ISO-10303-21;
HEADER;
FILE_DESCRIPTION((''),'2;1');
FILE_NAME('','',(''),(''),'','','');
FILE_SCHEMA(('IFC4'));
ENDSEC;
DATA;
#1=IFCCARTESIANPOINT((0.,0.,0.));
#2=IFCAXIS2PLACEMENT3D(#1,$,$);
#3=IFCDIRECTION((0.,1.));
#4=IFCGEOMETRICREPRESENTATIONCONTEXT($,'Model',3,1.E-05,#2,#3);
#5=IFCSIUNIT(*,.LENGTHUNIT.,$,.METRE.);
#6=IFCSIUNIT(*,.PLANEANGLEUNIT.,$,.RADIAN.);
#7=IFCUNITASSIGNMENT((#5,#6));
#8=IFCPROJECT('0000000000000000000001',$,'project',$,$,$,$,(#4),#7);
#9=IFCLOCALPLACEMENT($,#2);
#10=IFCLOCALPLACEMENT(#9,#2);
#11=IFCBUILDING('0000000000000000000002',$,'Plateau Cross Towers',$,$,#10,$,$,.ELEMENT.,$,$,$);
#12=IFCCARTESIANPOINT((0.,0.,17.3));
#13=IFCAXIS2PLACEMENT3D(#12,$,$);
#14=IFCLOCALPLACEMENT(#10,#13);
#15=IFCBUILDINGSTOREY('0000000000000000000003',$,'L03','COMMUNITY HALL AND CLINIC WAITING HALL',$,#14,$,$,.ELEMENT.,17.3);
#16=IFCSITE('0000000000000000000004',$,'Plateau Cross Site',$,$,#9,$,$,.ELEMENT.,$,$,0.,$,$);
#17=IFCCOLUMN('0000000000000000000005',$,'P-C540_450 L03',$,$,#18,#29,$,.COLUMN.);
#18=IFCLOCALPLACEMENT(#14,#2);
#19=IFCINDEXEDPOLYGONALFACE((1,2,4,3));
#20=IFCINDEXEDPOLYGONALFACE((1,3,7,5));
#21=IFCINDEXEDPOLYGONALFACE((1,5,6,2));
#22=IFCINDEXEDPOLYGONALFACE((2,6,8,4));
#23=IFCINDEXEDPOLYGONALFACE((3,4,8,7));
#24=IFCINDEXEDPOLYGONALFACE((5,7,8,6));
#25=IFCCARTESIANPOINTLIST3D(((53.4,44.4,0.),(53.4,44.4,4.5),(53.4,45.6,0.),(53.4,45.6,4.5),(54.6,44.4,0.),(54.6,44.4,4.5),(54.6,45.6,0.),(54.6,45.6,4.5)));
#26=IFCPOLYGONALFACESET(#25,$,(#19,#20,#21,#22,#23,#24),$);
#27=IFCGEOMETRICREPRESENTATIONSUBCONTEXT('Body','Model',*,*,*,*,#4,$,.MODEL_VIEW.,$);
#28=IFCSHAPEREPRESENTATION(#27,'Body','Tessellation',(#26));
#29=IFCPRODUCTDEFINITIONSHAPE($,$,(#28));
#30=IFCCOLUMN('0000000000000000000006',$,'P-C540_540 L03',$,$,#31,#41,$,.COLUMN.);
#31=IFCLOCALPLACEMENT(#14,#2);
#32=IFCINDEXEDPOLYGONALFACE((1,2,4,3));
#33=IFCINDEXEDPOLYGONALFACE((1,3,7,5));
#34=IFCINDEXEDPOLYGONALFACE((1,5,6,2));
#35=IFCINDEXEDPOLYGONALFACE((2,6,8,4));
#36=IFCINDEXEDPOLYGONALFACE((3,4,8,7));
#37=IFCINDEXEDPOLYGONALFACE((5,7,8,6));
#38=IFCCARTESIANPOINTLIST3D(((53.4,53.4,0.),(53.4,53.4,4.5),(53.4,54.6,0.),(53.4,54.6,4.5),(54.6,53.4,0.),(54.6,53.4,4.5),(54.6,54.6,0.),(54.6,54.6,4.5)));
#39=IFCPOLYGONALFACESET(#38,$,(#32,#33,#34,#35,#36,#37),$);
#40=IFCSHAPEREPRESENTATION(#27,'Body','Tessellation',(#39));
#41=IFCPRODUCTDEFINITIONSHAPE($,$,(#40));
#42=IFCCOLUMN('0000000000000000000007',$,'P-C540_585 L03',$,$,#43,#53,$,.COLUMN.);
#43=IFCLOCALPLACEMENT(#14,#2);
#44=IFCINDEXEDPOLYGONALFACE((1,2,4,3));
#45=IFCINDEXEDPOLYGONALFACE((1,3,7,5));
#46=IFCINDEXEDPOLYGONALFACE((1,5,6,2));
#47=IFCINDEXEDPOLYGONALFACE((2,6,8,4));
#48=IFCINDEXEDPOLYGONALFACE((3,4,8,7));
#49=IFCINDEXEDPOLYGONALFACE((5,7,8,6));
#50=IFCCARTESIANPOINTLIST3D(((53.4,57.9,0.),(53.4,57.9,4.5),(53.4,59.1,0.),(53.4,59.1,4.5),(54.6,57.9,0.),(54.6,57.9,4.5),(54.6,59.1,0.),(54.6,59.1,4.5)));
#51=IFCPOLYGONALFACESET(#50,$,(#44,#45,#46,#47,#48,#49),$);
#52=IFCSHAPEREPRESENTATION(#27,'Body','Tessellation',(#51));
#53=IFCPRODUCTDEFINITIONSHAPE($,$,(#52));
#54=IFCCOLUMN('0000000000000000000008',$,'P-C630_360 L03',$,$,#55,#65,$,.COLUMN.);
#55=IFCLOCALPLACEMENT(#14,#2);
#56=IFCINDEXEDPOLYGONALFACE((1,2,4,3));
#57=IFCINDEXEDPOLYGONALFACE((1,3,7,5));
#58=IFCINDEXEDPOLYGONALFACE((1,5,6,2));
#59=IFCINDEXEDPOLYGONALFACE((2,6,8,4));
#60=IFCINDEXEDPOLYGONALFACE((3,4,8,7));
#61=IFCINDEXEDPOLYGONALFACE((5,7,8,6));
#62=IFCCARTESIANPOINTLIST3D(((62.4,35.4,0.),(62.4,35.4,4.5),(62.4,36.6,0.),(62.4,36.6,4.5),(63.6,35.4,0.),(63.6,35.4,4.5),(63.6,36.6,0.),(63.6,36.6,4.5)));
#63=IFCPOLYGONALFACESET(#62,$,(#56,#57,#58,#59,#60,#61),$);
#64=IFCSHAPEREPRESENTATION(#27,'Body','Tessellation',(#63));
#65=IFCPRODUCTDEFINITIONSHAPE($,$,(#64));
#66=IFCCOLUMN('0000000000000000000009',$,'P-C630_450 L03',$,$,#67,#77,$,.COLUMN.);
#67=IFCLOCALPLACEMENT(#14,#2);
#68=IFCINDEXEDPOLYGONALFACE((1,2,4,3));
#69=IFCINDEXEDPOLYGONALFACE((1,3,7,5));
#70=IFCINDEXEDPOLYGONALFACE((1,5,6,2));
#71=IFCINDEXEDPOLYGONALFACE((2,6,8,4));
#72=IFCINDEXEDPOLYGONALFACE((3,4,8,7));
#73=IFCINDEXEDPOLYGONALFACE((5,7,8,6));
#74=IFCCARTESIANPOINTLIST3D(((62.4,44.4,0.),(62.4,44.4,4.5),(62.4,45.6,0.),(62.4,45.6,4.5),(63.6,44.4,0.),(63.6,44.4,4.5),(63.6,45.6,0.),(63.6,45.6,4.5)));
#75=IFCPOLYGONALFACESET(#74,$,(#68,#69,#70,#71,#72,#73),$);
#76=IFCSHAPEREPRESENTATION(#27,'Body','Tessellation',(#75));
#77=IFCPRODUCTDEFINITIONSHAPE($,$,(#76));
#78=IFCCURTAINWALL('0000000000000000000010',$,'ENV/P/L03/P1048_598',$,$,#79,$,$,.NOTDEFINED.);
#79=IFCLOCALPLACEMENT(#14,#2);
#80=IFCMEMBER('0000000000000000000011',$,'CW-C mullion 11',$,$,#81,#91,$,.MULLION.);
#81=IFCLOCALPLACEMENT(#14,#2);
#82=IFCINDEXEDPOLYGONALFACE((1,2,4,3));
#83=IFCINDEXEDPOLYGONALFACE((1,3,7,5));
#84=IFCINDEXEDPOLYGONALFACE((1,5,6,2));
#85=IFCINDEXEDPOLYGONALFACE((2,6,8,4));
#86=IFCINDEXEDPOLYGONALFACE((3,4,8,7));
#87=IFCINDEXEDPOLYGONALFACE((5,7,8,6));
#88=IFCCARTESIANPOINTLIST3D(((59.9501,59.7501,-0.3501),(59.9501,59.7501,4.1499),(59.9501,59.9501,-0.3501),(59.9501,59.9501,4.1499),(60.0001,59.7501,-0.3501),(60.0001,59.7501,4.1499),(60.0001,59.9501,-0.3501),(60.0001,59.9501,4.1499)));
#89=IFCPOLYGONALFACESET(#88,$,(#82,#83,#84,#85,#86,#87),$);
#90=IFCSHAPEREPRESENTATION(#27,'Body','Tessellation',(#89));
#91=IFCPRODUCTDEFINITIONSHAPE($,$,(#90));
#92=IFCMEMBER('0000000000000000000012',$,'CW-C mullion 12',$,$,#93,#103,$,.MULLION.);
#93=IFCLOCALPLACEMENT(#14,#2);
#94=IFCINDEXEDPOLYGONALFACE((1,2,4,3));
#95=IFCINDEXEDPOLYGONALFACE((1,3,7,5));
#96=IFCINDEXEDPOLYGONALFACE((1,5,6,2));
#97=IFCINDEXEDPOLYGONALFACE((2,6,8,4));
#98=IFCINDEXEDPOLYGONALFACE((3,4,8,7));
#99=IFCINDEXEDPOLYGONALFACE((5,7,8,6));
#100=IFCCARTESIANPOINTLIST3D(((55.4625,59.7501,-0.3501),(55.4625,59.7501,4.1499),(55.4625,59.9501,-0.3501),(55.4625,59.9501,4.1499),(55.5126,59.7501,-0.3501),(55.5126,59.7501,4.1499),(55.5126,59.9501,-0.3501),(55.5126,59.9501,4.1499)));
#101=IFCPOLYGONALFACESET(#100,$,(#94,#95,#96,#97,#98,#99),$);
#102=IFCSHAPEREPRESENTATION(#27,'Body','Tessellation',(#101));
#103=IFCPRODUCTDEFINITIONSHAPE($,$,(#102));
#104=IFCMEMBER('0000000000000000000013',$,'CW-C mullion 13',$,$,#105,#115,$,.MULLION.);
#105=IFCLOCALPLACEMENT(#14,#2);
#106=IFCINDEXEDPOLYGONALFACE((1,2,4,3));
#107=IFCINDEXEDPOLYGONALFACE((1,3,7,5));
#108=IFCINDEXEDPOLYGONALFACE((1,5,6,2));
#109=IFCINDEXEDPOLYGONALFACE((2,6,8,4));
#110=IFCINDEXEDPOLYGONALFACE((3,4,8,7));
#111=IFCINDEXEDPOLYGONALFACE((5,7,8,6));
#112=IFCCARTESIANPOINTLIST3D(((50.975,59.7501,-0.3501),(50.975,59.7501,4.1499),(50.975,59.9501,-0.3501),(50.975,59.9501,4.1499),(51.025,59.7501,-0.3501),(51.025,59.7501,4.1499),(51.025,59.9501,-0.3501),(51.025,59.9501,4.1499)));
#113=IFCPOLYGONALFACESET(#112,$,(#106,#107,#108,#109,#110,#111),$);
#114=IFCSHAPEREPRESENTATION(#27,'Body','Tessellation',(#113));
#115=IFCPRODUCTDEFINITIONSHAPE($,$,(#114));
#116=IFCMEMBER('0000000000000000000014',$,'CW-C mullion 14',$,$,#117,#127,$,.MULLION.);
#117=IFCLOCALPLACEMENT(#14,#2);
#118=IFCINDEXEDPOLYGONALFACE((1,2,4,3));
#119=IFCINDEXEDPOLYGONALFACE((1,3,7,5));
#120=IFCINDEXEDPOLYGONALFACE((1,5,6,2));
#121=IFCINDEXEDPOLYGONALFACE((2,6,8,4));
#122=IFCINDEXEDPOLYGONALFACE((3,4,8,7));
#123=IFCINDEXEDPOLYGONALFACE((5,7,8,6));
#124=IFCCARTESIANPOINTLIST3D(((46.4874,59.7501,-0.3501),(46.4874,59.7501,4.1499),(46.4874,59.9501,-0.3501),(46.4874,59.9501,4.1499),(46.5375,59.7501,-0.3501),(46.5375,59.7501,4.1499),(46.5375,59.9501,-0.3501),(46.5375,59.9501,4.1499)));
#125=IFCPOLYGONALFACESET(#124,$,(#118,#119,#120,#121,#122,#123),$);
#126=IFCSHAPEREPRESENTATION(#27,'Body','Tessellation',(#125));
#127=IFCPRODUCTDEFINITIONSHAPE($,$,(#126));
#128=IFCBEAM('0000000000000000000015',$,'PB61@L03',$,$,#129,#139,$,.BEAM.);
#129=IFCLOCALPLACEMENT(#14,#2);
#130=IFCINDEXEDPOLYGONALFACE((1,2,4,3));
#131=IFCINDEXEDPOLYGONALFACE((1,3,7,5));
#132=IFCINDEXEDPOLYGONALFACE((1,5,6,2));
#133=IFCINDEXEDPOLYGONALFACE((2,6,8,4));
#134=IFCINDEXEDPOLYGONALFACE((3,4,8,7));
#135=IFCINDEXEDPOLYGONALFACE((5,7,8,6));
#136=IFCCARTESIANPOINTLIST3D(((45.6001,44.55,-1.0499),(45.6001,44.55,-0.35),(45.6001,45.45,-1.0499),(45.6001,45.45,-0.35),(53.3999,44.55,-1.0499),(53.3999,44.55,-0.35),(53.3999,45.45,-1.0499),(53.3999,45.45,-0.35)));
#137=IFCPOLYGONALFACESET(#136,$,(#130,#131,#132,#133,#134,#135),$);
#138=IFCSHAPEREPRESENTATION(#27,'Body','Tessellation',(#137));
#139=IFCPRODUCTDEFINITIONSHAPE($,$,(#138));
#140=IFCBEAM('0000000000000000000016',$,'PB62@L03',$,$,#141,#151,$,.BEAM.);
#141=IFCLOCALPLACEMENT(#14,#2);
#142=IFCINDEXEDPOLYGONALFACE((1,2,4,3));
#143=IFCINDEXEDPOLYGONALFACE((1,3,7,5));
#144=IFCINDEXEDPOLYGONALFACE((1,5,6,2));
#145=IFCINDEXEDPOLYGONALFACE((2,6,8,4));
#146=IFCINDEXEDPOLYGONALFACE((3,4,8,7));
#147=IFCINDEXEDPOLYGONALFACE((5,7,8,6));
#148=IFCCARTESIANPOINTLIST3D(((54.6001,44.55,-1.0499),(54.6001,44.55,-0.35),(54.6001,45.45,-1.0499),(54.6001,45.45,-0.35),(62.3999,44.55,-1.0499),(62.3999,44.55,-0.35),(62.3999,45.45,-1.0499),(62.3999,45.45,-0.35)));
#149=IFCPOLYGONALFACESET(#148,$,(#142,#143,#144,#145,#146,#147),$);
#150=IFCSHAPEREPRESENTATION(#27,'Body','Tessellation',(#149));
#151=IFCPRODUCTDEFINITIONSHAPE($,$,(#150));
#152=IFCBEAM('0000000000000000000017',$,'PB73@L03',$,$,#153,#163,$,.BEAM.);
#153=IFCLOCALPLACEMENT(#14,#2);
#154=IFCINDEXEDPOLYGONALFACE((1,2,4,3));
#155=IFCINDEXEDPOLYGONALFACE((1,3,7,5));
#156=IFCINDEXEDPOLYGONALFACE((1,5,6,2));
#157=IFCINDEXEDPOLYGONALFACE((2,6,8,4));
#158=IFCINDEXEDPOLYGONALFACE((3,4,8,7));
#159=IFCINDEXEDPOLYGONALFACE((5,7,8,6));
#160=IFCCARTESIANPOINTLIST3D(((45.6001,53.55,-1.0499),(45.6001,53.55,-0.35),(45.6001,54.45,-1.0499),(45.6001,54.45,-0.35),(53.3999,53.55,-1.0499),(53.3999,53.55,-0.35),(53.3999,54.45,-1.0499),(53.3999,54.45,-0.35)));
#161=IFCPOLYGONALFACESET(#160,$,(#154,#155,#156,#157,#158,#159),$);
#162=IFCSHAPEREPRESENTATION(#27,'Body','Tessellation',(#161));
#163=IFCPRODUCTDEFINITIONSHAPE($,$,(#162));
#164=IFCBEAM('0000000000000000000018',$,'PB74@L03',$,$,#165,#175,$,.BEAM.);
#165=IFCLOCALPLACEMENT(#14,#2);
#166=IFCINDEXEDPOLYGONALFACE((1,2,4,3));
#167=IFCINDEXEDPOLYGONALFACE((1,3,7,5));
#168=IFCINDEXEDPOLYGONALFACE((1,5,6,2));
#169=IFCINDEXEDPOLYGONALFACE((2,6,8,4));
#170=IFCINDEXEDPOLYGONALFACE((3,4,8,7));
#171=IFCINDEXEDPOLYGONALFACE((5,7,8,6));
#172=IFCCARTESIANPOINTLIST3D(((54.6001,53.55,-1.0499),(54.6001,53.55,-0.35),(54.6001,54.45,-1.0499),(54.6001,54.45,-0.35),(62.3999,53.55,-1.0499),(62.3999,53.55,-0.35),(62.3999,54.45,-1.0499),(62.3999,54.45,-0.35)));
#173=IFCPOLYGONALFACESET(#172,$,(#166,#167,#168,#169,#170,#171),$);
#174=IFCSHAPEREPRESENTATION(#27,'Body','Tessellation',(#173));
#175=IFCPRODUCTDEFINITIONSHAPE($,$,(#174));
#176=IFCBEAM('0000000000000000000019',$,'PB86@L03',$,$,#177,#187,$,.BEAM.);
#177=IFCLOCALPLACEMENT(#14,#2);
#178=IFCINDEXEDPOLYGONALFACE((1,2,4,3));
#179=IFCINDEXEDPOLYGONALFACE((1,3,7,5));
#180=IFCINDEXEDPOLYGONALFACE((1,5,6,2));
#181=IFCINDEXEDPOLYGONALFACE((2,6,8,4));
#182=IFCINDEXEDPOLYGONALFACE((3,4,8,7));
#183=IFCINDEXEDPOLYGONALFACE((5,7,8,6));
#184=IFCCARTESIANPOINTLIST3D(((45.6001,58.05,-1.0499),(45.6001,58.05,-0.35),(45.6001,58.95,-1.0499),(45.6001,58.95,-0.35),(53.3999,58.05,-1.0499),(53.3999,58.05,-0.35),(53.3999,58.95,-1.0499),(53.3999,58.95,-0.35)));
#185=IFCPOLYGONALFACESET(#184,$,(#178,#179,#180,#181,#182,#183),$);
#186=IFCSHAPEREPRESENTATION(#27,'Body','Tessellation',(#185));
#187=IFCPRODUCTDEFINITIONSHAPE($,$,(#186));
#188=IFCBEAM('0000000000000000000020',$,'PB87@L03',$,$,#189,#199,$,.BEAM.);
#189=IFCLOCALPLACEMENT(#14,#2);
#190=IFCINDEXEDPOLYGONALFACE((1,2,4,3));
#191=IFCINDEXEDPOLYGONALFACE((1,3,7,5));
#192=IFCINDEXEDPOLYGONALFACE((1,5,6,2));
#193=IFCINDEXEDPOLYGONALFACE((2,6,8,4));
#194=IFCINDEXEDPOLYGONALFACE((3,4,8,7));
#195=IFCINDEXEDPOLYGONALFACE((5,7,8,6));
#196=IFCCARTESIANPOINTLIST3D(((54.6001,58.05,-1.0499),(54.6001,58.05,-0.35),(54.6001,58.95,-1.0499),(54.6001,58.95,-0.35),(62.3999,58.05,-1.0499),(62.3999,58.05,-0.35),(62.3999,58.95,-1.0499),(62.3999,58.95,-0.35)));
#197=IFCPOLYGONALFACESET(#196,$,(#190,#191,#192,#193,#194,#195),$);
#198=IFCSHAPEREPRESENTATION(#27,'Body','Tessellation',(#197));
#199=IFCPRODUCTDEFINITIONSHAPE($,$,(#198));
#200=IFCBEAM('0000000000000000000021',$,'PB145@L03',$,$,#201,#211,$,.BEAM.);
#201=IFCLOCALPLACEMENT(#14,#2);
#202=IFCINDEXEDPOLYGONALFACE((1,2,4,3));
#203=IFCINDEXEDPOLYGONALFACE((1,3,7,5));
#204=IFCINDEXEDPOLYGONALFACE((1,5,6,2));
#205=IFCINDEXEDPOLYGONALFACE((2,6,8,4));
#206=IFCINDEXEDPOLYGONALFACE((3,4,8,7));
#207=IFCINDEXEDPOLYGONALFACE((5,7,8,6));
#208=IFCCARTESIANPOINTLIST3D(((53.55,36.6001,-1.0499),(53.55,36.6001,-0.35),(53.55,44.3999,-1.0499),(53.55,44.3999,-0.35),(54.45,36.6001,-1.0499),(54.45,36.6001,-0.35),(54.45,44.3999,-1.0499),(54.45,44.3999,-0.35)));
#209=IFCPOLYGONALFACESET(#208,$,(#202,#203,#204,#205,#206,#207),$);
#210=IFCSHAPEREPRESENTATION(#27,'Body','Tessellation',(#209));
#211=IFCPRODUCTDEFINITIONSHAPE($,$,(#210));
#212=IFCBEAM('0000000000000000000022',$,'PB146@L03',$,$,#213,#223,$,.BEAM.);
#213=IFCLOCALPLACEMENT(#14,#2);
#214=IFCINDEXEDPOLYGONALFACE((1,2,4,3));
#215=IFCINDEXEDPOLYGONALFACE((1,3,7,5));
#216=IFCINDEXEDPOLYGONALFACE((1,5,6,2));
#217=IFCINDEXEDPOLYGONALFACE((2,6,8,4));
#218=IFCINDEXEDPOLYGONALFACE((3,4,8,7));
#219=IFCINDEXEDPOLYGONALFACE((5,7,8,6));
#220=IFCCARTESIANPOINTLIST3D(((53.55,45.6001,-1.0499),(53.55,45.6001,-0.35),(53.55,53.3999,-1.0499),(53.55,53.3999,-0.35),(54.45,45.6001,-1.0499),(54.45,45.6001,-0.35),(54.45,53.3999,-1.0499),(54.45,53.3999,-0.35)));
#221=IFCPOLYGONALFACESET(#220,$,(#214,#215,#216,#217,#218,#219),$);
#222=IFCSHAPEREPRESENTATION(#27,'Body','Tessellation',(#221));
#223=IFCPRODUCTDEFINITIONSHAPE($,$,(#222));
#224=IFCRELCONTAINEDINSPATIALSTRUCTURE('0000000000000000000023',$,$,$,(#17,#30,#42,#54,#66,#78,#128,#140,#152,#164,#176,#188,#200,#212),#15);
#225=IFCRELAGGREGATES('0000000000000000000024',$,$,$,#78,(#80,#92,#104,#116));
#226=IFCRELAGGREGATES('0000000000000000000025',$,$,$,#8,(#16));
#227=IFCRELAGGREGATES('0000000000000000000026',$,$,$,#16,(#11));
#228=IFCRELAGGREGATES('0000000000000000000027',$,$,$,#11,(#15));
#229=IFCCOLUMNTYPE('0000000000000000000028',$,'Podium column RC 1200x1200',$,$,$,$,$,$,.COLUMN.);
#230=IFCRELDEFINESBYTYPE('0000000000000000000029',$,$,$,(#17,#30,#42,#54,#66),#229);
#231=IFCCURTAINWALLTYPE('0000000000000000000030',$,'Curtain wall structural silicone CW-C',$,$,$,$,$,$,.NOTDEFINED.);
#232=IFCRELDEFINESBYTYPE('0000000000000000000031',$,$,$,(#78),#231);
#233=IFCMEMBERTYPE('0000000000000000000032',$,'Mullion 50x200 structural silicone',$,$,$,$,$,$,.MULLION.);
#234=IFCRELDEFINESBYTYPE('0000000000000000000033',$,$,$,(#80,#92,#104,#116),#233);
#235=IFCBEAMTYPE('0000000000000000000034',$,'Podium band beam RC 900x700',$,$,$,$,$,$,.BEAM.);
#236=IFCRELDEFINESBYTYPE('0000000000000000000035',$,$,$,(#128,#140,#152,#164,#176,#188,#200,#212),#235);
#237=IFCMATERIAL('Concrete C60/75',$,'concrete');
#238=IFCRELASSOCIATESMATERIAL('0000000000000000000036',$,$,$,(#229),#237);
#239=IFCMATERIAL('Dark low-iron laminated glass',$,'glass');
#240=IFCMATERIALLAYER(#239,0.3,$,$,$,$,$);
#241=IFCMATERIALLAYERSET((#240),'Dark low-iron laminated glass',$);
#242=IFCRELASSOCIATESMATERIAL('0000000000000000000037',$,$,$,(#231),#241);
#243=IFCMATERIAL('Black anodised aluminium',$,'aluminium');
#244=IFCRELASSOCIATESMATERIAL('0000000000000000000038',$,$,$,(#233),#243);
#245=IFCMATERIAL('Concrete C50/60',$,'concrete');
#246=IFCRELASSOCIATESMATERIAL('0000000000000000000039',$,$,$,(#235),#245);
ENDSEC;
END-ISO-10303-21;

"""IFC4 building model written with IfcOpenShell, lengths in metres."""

from ifc_helpers import new_model, si_unit, direction, frame, origin, origin_2d, place, context, subcontext, project, spatial, rectangle, extrude, material, layer, layer_set, material_profile, profile_set, type_object, element, aggregate, save


model = new_model("IFC4")

# Units and contexts
model_context = context("Model", 3, precision=1e-05, world=origin(), true_north=direction((0.0, 1.0)))
body_context = subcontext(model_context, "Body", "Model", "MODEL_VIEW")
ifc_project = project(units=[si_unit("LENGTHUNIT", "METRE"), si_unit("PLANEANGLEUNIT", "RADIAN")], contexts=[model_context])

# Site, building, storey
site_placement = place(None, origin())
site = spatial("IfcSite", under=ifc_project, at=site_placement, Name="Plateau Cross Site", CompositionType="ELEMENT", RefElevation=0.0)
building_placement = place(site_placement, origin())
building = spatial("IfcBuilding", under=site, at=building_placement, Name="Plateau Cross Towers", CompositionType="ELEMENT")
storey_placement = place(building_placement, frame((0.0, 0.0, 17.3)))
storey = spatial("IfcBuildingStorey", under=building, at=storey_placement, Name="L03", Description="COMMUNITY HALL AND CLINIC WAITING HALL", CompositionType="ELEMENT", Elevation=17.3)

# Columns
ifc_material_1 = material(Name="Concrete C60/75", Category="concrete")
ifc_material_profile_1 = material_profile(ifc_material_1, rectangle(XDim=1.2, YDim=1.2, at=origin_2d()), Name="RC 1200x1200")
ifc_profile_set_1 = profile_set([ifc_material_profile_1], Name="Concrete C60/75")
column_type = type_object("IfcColumnType", Name="Podium column RC 1200x1200", PredefinedType="COLUMN", material=ifc_profile_set_1)
for number, where, z_axis, x_axis, name in (
    (1, (54.0, 45.0, 0.0), (0.0, 0.0, 1.0), (1.0, 0.0, 0.0), "P-C540_450 L03"),
    (2, (54.0, 54.0, 0.0), (0.0, 0.0, 1.0), (1.0, 0.0, 0.0), "P-C540_540 L03"),
    (3, (54.0, 58.5, 0.0), (0.0, 0.0, 1.0), (1.0, 0.0, 0.0), "P-C540_585 L03"),
    (4, (63.0, 36.0, 0.0), (0.0, 0.0, 1.0), (1.0, 0.0, 0.0), "P-C630_360 L03"),
    (5, (63.0, 45.0, 0.0), (0.0, 0.0, 1.0), (1.0, 0.0, 0.0), "P-C630_450 L03"),
):
    element("IfcColumn", number, at=place(storey_placement, frame(where, z_axis=z_axis, x_axis=x_axis)), inside=storey, type_object=column_type, Name=name, PredefinedType="COLUMN", context=body_context, shape_type="SweptSolid", body=[
        extrude(rectangle(XDim=1.2, YDim=1.2, at=origin_2d()), origin(), (0.0, 0.0, 1.0), 4.5),
    ])

# Curtain wall, members
ifc_material_2 = material(Name="Dark low-iron laminated glass", Category="glass")
ifc_layer_1 = layer(ifc_material_2, 0.3)
ifc_layer_set_1 = layer_set([ifc_layer_1], Name="Dark low-iron laminated glass")
curtain_wall_type = type_object("IfcCurtainWallType", Name="Curtain wall structural silicone CW-C", PredefinedType="NOTDEFINED", material=ifc_layer_set_1)
curtain_wall_placement = place(storey_placement, origin())
curtain_wall = element("IfcCurtainWall", 6, at=curtain_wall_placement, inside=storey, type_object=curtain_wall_type, Name="ENV/P/L03/P1048_598", PredefinedType="NOTDEFINED")
ifc_material_3 = material(Name="Black anodised aluminium", Category="aluminium")
ifc_material_profile_2 = material_profile(ifc_material_3, rectangle(XDim=0.05, YDim=0.2, at=origin_2d()), Name="MULLION 50x200")
ifc_profile_set_2 = profile_set([ifc_material_profile_2], Name="Black anodised aluminium")
member_type = type_object("IfcMemberType", Name="Mullion 50x200 structural silicone", PredefinedType="MULLION", material=ifc_profile_set_2)
member_1_placement = place(storey_placement, frame((59.9751, 59.8501, -0.3501), z_axis=(0.0, 0.0, 1.0), x_axis=(-1.0, 0.0, 0.0)))
member_1 = element("IfcMember", 7, at=member_1_placement, type_object=member_type, Name="CW-C mullion 11", PredefinedType="MULLION", context=body_context, shape_type="SweptSolid", body=[
    extrude(rectangle(XDim=0.05, YDim=0.2, at=origin_2d()), origin(), (0.0, 0.0, 1.0), 4.5),
])
member_2_placement = place(storey_placement, frame((55.4875, 59.8501, -0.3501), z_axis=(0.0, 0.0, 1.0), x_axis=(-1.0, 0.0, 0.0)))
member_2 = element("IfcMember", 8, at=member_2_placement, type_object=member_type, Name="CW-C mullion 12", PredefinedType="MULLION", context=body_context, shape_type="SweptSolid", body=[
    extrude(rectangle(XDim=0.05, YDim=0.2, at=origin_2d()), origin(), (0.0, 0.0, 1.0), 4.5),
])
member_3_placement = place(storey_placement, frame((51.0, 59.8501, -0.3501), z_axis=(0.0, 0.0, 1.0), x_axis=(-1.0, 0.0, 0.0)))
member_3 = element("IfcMember", 9, at=member_3_placement, type_object=member_type, Name="CW-C mullion 13", PredefinedType="MULLION", context=body_context, shape_type="SweptSolid", body=[
    extrude(rectangle(XDim=0.05, YDim=0.2, at=origin_2d()), origin(), (0.0, 0.0, 1.0), 4.5),
])
member_4_placement = place(storey_placement, frame((46.5125, 59.8501, -0.3501), z_axis=(0.0, 0.0, 1.0), x_axis=(-1.0, 0.0, 0.0)))
member_4 = element("IfcMember", 10, at=member_4_placement, type_object=member_type, Name="CW-C mullion 14", PredefinedType="MULLION", context=body_context, shape_type="SweptSolid", body=[
    extrude(rectangle(XDim=0.05, YDim=0.2, at=origin_2d()), origin(), (0.0, 0.0, 1.0), 4.5),
])

# Beams
ifc_material_4 = material(Name="Concrete C50/60", Category="concrete")
ifc_material_profile_3 = material_profile(ifc_material_4, rectangle(XDim=0.8999, YDim=0.7, at=origin_2d()), Name="RC 900x700")
ifc_profile_set_3 = profile_set([ifc_material_profile_3], Name="Concrete C50/60")
beam_type = type_object("IfcBeamType", Name="Podium band beam RC 900x700", PredefinedType="BEAM", material=ifc_profile_set_3)
for number, where, z_axis, x_axis, name in (
    (11, (45.6001, 45.0, -0.7), (1.0, 0.0, 0.0), (0.0, 1.0, 0.0), "PB61@L03"),
    (12, (54.6001, 45.0, -0.7), (1.0, 0.0, 0.0), (0.0, 1.0, 0.0), "PB62@L03"),
    (13, (45.6001, 54.0, -0.7), (1.0, 0.0, 0.0), (0.0, 1.0, 0.0), "PB73@L03"),
    (14, (54.6001, 54.0, -0.7), (1.0, 0.0, 0.0), (0.0, 1.0, 0.0), "PB74@L03"),
    (15, (45.6001, 58.5, -0.7), (1.0, 0.0, 0.0), (0.0, 1.0, 0.0), "PB86@L03"),
    (16, (54.6001, 58.5, -0.7), (1.0, 0.0, 0.0), (0.0, 1.0, 0.0), "PB87@L03"),
    (17, (54.0, 36.6001, -0.7), (0.0, 1.0, 0.0), (-1.0, 0.0, 0.0), "PB145@L03"),
    (18, (54.0, 45.6001, -0.7), (0.0, 1.0, 0.0), (-1.0, 0.0, 0.0), "PB146@L03"),
):
    element("IfcBeam", number, at=place(storey_placement, frame(where, z_axis=z_axis, x_axis=x_axis)), inside=storey, type_object=beam_type, Name=name, PredefinedType="BEAM", context=body_context, shape_type="SweptSolid", body=[
        extrude(rectangle(XDim=0.8999, YDim=0.7, at=origin_2d()), origin(), (0.0, 0.0, 1.0), 7.7998),
    ])

aggregate(curtain_wall, [member_1, member_2, member_3, member_4])

save(model, "model.ifc")
